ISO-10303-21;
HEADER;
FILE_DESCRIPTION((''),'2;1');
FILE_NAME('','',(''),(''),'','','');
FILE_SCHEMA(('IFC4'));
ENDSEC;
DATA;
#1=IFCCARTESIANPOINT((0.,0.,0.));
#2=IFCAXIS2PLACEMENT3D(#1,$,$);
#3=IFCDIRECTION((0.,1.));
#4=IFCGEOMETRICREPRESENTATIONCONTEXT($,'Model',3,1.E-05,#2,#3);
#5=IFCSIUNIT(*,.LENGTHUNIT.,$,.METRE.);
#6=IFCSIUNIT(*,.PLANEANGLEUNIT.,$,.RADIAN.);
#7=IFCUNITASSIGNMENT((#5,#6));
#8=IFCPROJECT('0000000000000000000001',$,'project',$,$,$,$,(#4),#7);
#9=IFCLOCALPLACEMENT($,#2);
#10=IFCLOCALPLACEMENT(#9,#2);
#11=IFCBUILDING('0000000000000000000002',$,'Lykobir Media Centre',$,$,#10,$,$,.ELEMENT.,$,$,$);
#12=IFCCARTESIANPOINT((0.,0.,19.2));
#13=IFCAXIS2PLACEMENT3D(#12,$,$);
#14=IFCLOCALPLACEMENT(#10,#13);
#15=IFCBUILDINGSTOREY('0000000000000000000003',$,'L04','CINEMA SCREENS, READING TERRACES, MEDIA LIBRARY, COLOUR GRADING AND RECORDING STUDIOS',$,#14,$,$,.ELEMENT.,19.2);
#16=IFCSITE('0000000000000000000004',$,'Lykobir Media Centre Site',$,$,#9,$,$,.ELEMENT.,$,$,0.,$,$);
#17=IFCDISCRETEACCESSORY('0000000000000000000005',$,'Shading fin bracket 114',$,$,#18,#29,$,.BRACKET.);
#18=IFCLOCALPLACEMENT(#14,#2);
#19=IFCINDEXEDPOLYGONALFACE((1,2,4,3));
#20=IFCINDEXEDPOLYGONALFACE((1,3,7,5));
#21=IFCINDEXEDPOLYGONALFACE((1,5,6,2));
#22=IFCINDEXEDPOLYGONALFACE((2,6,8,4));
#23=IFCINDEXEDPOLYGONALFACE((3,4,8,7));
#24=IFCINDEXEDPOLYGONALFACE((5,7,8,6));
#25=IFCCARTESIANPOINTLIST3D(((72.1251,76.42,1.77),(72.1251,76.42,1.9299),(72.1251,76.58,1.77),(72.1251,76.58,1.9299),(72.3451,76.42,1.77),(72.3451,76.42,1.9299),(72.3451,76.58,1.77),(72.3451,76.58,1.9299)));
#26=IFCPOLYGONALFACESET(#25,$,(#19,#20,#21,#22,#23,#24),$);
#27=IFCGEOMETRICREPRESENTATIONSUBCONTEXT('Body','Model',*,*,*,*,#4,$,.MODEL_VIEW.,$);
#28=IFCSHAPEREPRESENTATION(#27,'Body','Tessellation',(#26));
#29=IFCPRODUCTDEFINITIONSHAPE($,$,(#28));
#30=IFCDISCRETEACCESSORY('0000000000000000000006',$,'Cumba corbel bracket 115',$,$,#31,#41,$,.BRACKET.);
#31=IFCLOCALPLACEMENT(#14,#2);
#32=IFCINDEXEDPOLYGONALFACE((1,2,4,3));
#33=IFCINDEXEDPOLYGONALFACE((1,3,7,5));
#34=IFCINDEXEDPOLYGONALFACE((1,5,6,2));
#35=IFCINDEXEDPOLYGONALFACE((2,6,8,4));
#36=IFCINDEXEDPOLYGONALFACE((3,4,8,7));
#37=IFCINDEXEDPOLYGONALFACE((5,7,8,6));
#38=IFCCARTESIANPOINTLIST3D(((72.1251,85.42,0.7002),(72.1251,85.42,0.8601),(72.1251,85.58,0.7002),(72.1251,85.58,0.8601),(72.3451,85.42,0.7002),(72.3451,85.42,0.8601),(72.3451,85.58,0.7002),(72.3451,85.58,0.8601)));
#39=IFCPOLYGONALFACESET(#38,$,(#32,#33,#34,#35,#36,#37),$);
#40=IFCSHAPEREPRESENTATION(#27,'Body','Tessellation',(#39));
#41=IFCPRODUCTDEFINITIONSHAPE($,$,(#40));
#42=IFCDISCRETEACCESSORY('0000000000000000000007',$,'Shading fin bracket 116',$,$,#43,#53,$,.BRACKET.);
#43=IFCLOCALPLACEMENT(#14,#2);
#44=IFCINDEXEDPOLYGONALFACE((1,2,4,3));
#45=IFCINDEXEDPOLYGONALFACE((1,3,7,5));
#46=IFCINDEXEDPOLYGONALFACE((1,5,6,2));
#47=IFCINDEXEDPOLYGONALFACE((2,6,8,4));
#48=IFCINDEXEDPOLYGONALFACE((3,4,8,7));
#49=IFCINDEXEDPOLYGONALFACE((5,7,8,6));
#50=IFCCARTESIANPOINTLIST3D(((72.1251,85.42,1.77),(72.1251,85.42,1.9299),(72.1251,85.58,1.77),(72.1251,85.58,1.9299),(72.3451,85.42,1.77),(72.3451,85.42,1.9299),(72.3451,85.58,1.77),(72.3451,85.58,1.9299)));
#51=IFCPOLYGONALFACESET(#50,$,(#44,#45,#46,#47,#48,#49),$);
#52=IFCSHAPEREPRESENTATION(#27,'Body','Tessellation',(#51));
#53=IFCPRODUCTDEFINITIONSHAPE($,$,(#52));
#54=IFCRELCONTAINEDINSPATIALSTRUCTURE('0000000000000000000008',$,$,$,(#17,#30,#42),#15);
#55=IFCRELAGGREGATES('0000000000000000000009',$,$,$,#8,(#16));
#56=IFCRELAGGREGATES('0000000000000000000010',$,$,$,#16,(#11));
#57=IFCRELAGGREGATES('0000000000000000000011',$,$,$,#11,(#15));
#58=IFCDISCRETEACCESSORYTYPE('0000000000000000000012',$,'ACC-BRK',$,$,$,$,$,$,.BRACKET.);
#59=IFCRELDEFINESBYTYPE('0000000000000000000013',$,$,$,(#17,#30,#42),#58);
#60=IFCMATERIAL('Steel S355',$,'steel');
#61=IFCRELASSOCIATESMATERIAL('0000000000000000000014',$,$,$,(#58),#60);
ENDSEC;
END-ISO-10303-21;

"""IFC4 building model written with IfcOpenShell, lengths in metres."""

from ifc_helpers import new_model, si_unit, direction, frame, origin, origin_2d, place, context, subcontext, project, spatial, rectangle, extrude, material, type_object, element, save


model = new_model("IFC4")

# Units and contexts
model_context = context("Model", 3, precision=1e-05, world=origin(), true_north=direction((0.0, 1.0)))
body_context = subcontext(model_context, "Body", "Model", "MODEL_VIEW")
ifc_project = project(units=[si_unit("LENGTHUNIT", "METRE"), si_unit("PLANEANGLEUNIT", "RADIAN")], contexts=[model_context])

# Site, building, storey
site_placement = place(None, origin())
site = spatial("IfcSite", under=ifc_project, at=site_placement, Name="Lykobir Media Centre Site", CompositionType="ELEMENT", RefElevation=0.0)
building_placement = place(site_placement, origin())
building = spatial("IfcBuilding", under=site, at=building_placement, Name="Lykobir Media Centre", CompositionType="ELEMENT")
storey_placement = place(building_placement, frame((0.0, 0.0, 19.2)))
storey = spatial("IfcBuildingStorey", under=building, at=storey_placement, Name="L04", Description="CINEMA SCREENS, READING TERRACES, MEDIA LIBRARY, COLOUR GRADING AND RECORDING STUDIOS", CompositionType="ELEMENT", Elevation=19.2)

# Shared definitions
ifc_material_1 = material(Name="Steel S355", Category="steel")

# Discrete accessories
discrete_accessory_type = type_object("IfcDiscreteAccessoryType", Name="ACC-BRK", PredefinedType="BRACKET", material=ifc_material_1)
for number, where, z_axis, x_axis, name in (
    (1, (72.2351, 76.5, 1.77), (0.0, 0.0, 1.0), (0.0, 1.0, 0.0), "Shading fin bracket 114"),
    (2, (72.2351, 85.5, 0.7002), (0.0, 0.0, 1.0), (0.0, 1.0, 0.0), "Cumba corbel bracket 115"),
    (3, (72.2351, 85.5, 1.77), (0.0, 0.0, 1.0), (0.0, 1.0, 0.0), "Shading fin bracket 116"),
):
    element("IfcDiscreteAccessory", number, at=place(storey_placement, frame(where, z_axis=z_axis, x_axis=x_axis)), inside=storey, type_object=discrete_accessory_type, Name=name, PredefinedType="BRACKET", context=body_context, shape_type="SweptSolid", body=[
        extrude(rectangle(XDim=0.1599, YDim=0.22, at=origin_2d()), origin(), (0.0, 0.0, 1.0), 0.1599),
    ])

save(model, "model.ifc")
